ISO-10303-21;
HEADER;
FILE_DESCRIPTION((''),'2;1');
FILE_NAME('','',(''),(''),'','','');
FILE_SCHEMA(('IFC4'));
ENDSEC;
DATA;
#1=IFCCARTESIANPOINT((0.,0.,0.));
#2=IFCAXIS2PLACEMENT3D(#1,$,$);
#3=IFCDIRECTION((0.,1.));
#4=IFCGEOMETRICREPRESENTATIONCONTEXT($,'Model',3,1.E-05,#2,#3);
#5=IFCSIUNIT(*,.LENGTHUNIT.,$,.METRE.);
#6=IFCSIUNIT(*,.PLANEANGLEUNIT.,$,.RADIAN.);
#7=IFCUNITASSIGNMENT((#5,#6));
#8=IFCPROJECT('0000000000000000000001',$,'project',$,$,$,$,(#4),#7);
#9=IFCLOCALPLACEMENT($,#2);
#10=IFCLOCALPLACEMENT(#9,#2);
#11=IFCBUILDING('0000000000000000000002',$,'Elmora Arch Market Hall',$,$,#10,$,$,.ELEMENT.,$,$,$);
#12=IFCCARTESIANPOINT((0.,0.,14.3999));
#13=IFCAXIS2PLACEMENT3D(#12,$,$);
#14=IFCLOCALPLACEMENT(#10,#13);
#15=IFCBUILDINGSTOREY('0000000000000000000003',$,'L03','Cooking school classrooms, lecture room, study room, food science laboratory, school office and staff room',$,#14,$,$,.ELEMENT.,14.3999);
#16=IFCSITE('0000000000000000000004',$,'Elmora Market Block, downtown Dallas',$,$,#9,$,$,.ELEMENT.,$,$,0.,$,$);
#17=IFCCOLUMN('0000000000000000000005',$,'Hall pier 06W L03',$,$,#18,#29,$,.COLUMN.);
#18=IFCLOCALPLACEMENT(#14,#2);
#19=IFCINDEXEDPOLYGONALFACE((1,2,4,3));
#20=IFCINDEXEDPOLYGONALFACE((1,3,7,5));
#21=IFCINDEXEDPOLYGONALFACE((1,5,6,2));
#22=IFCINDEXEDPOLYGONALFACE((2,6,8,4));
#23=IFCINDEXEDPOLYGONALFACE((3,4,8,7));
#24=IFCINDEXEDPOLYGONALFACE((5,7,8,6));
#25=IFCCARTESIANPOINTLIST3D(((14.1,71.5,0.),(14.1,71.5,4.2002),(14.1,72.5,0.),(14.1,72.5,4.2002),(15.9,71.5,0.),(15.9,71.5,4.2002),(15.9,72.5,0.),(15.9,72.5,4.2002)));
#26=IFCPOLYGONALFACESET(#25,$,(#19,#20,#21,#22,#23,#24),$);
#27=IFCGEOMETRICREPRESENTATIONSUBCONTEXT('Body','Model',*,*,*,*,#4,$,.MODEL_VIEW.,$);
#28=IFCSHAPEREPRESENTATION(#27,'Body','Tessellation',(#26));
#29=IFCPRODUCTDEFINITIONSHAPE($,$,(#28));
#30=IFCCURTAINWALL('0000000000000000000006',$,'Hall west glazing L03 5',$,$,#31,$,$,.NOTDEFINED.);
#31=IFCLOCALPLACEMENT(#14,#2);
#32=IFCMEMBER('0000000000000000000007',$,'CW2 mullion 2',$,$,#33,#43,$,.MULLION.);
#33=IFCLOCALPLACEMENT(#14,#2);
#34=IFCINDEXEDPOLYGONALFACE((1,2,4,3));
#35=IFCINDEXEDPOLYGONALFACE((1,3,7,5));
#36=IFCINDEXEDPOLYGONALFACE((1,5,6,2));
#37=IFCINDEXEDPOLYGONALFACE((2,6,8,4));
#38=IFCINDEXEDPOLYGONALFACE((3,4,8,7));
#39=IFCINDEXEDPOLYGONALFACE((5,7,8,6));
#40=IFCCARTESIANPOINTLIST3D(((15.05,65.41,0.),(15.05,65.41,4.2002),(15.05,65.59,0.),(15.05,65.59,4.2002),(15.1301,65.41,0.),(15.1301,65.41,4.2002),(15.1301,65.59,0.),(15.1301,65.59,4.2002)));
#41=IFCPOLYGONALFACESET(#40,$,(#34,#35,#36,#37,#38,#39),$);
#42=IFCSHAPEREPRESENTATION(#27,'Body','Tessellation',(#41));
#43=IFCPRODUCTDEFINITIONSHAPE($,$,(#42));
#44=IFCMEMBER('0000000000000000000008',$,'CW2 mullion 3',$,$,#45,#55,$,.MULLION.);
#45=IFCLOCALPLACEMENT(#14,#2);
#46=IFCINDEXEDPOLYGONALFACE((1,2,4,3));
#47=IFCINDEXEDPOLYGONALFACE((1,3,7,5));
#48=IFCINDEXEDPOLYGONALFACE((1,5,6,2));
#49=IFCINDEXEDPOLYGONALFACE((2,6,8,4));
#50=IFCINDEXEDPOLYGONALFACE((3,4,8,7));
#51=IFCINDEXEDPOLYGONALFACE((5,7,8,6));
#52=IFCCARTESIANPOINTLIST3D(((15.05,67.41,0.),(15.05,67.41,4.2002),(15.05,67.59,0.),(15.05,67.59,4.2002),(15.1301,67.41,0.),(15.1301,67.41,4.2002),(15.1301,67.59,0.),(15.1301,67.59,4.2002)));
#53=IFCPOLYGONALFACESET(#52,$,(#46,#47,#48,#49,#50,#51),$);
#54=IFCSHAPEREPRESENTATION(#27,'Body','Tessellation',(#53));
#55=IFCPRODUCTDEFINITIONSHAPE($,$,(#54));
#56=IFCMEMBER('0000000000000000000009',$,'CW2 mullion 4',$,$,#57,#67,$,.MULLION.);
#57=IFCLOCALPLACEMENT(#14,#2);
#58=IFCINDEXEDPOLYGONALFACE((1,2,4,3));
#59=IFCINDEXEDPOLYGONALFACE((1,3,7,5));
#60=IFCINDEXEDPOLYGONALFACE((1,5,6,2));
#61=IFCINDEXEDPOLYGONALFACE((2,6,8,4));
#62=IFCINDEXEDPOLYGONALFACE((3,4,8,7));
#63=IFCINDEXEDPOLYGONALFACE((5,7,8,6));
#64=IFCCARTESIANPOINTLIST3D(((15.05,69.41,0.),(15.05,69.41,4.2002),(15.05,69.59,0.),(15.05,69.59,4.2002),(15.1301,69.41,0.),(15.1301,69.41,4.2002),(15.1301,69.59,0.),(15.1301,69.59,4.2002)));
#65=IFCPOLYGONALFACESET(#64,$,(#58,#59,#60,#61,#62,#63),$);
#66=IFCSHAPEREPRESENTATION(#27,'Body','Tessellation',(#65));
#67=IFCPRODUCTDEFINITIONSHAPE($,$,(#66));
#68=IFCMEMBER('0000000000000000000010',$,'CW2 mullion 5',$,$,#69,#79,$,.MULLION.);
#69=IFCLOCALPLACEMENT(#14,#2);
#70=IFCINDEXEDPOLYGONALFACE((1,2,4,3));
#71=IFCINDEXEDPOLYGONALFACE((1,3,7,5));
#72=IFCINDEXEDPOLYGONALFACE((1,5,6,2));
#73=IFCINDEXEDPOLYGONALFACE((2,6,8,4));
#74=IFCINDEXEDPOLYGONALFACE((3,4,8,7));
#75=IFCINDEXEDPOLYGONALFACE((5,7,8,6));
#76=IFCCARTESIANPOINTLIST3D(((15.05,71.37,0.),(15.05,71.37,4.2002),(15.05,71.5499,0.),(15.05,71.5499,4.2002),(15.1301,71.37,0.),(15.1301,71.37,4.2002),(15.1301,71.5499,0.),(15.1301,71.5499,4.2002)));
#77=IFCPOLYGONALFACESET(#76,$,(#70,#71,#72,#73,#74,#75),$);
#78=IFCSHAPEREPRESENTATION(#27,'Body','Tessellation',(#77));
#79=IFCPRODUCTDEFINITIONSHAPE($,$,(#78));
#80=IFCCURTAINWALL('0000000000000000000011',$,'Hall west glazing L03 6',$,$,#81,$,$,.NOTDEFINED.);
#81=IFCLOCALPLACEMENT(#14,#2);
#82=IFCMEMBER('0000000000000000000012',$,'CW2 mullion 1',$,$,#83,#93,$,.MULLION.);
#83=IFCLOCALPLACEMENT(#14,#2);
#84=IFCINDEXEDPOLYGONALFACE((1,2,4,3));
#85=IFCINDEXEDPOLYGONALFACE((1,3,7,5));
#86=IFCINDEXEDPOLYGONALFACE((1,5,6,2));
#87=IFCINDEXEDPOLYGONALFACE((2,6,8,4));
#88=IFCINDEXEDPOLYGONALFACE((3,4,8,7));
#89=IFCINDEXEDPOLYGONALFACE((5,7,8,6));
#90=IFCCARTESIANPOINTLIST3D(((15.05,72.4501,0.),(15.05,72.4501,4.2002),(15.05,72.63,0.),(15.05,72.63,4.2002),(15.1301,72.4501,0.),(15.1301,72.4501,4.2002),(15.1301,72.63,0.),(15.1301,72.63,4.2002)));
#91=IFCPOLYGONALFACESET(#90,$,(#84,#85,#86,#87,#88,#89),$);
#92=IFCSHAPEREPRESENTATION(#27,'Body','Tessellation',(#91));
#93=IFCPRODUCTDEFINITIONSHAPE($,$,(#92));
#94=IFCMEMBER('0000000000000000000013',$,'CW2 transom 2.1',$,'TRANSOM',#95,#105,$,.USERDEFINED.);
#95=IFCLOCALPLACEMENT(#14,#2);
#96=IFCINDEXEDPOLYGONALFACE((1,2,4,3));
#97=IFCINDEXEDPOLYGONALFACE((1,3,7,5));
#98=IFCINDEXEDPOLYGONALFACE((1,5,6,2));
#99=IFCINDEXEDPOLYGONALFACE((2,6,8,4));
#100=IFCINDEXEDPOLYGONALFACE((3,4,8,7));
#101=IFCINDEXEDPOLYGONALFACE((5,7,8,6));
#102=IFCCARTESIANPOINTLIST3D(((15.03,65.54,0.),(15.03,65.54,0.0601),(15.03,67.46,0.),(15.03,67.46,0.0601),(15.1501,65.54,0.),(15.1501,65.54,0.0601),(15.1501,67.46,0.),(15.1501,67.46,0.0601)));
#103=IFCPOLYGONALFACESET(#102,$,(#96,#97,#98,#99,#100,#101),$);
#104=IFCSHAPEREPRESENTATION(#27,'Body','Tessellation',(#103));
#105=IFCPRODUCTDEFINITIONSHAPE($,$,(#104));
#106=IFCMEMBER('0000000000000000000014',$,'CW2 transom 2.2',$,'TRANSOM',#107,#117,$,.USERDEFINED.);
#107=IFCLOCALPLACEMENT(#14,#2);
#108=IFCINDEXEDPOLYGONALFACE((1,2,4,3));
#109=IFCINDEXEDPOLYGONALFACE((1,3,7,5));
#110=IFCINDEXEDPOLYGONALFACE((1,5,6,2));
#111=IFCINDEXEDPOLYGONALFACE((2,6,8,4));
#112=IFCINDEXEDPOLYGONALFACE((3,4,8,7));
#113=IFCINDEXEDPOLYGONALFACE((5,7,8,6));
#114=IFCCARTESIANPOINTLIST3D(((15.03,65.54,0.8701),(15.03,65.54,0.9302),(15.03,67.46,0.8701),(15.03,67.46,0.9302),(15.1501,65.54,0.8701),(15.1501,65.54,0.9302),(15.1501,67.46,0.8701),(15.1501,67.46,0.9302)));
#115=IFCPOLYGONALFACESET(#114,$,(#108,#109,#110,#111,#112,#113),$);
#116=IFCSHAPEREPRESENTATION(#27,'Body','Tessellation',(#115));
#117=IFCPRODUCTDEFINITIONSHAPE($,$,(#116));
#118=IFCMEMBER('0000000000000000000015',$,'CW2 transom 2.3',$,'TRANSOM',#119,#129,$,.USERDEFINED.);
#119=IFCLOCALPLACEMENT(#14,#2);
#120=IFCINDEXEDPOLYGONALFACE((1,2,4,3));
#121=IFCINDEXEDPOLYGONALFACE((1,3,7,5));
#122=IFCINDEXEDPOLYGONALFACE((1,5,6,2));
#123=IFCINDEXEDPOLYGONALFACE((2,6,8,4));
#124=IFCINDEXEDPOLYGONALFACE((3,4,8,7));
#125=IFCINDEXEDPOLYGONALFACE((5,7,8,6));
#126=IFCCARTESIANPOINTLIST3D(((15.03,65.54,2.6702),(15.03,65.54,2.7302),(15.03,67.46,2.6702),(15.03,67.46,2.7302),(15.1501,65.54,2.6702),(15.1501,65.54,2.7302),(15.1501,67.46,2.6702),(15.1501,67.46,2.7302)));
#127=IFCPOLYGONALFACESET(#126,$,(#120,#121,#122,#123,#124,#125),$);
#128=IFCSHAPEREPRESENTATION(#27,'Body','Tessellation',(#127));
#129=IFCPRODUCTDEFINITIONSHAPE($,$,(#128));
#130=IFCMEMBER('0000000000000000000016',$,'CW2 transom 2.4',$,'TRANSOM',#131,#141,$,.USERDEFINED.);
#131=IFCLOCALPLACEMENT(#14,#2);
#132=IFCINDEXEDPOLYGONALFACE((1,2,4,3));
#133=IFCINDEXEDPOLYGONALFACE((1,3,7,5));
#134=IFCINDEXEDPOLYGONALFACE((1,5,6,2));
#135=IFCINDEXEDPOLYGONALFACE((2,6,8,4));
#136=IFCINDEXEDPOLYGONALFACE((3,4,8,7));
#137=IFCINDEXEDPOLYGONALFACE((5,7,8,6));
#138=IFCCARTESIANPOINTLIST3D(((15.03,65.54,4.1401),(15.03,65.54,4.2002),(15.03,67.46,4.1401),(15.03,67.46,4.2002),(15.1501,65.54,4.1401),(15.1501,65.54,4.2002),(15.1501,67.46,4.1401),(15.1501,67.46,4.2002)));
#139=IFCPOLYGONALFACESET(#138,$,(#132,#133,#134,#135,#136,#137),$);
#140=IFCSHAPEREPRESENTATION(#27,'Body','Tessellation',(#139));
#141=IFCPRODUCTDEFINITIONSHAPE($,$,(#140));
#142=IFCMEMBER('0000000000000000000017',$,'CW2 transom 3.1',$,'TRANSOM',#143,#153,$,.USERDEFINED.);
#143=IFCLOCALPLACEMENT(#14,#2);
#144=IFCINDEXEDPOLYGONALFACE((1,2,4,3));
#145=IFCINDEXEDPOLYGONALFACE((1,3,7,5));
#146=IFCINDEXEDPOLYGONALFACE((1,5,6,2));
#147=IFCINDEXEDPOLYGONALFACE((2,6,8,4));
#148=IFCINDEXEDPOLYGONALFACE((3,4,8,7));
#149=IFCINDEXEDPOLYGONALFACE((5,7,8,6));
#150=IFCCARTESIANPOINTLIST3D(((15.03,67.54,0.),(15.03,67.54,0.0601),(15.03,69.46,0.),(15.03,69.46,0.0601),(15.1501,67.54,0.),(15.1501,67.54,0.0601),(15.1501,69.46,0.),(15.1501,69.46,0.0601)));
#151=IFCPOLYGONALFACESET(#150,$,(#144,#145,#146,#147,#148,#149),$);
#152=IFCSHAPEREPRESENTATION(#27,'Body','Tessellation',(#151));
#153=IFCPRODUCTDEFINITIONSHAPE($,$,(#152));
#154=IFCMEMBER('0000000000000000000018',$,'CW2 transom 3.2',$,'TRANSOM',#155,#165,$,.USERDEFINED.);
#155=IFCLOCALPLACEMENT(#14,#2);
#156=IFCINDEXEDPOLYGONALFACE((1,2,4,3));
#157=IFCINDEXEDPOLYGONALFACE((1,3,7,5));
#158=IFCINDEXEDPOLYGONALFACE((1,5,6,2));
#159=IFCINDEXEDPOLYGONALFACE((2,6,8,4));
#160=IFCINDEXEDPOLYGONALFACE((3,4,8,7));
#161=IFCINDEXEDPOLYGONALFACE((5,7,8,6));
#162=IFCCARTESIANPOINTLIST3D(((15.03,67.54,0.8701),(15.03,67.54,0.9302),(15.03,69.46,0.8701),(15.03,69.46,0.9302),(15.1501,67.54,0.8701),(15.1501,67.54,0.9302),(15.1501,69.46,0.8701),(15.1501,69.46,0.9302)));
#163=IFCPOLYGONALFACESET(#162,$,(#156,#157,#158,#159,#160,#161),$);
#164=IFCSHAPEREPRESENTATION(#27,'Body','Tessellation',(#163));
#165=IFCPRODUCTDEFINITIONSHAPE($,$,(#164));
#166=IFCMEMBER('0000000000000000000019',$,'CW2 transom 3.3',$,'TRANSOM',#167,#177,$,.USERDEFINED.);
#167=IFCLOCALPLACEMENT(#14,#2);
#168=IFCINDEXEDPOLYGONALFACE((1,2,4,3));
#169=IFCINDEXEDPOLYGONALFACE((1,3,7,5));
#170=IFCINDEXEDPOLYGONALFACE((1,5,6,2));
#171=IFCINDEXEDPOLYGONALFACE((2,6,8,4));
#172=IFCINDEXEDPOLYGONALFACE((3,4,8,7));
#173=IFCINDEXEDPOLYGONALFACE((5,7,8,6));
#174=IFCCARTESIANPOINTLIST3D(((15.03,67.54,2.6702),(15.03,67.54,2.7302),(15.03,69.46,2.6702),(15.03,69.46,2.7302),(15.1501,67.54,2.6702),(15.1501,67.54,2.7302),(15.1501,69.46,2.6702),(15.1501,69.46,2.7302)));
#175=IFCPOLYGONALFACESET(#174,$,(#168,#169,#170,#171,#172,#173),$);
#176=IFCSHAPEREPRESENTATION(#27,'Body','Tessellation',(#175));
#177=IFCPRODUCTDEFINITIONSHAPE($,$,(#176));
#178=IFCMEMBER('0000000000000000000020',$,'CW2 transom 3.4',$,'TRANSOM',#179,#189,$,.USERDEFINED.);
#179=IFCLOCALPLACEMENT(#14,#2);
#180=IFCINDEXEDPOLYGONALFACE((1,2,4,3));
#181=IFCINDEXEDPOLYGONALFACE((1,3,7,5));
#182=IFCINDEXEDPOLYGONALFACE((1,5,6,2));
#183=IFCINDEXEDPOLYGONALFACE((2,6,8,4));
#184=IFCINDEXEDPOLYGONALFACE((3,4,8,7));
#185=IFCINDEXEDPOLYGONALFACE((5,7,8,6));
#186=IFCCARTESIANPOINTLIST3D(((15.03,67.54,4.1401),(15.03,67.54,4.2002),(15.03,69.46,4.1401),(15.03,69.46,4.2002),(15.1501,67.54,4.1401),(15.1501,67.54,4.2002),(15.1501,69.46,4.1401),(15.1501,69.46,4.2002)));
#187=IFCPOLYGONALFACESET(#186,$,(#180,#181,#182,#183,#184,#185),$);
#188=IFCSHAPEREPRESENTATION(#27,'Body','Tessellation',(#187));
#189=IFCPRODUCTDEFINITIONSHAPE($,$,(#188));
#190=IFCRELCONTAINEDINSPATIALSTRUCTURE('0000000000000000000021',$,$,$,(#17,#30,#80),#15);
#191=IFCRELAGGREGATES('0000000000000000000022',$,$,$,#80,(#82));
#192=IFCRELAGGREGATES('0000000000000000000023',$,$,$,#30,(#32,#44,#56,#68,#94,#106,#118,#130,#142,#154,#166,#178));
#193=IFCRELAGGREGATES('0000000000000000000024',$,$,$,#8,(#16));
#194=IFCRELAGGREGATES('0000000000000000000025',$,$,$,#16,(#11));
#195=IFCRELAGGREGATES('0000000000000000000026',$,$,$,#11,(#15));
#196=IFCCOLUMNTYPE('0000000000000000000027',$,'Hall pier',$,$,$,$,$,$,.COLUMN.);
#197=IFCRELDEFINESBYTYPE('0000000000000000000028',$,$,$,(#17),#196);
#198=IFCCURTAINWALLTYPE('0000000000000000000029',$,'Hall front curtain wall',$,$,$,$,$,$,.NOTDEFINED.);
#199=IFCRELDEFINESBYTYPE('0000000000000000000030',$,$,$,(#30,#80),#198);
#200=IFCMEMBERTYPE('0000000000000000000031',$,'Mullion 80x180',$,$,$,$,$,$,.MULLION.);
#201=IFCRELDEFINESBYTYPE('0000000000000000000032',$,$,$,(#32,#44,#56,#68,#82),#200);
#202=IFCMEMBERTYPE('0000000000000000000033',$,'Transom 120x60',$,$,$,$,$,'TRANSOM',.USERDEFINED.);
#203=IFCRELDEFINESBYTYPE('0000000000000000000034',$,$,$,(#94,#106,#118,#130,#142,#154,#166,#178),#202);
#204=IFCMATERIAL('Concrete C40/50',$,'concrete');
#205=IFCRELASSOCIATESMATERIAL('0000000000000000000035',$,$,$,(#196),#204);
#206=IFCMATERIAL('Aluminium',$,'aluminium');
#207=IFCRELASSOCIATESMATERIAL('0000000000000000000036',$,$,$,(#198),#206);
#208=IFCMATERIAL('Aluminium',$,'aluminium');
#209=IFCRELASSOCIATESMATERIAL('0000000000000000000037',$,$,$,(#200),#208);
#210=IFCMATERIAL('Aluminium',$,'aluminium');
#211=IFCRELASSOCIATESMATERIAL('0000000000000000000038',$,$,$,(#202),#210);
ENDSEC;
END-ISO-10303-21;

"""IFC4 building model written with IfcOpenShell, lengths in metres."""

from ifc_helpers import new_model, si_unit, direction, frame, origin, origin_2d, place, context, subcontext, project, spatial, rectangle, extrude, material, material_profile, profile_set, type_object, element, aggregate, save


model = new_model("IFC4")

# Units and contexts
model_context = context("Model", 3, precision=1e-05, world=origin(), true_north=direction((0.0, 1.0)))
body_context = subcontext(model_context, "Body", "Model", "MODEL_VIEW")
ifc_project = project(units=[si_unit("LENGTHUNIT", "METRE"), si_unit("PLANEANGLEUNIT", "RADIAN")], contexts=[model_context])

# Site, building, storey
site_placement = place(None, origin())
site = spatial("IfcSite", under=ifc_project, at=site_placement, Name="Elmora Market Block, downtown Dallas", CompositionType="ELEMENT", RefElevation=0.0)
building_placement = place(site_placement, origin())
building = spatial("IfcBuilding", under=site, at=building_placement, Name="Elmora Arch Market Hall", CompositionType="ELEMENT")
storey_placement = place(building_placement, frame((0.0, 0.0, 14.3999)))
storey = spatial("IfcBuildingStorey", under=building, at=storey_placement, Name="L03", Description="Cooking school classrooms, lecture room, study room, food science laboratory, school office and staff room", CompositionType="ELEMENT", Elevation=14.3999)

# Column
ifc_material_1 = material(Name="Concrete C40/50", Category="concrete")
ifc_material_profile_1 = material_profile(ifc_material_1, rectangle(XDim=1.8, YDim=1.0, at=origin_2d()), Name="Hall pier")
ifc_profile_set_1 = profile_set([ifc_material_profile_1], Name="Concrete C40/50")
column_type = type_object("IfcColumnType", Name="Hall pier", PredefinedType="COLUMN", material=ifc_profile_set_1)
column_placement = place(storey_placement, frame((15.0, 72.0, 0.0), z_axis=(0.0, 0.0, 1.0), x_axis=(1.0, 0.0, 0.0)))
element("IfcColumn", 1, at=column_placement, inside=storey, type_object=column_type, Name="Hall pier 06W L03", PredefinedType="COLUMN", context=body_context, shape_type="SweptSolid", body=[
    extrude(rectangle(XDim=1.8, YDim=1.0, at=origin_2d()), origin(), (0.0, 0.0, 1.0), 4.2002),
])

# Curtain wall, members
ifc_material_2 = material(Name="Aluminium", Category="aluminium")
curtain_wall_type = type_object("IfcCurtainWallType", Name="Hall front curtain wall", PredefinedType="NOTDEFINED", material=ifc_material_2)
curtain_wall_1_placement = place(storey_placement, origin())
curtain_wall_1 = element("IfcCurtainWall", 2, at=curtain_wall_1_placement, inside=storey, type_object=curtain_wall_type, Name="Hall west glazing L03 5", PredefinedType="NOTDEFINED")
ifc_material_3 = material(Name="Aluminium", Category="aluminium")
ifc_material_profile_2 = material_profile(ifc_material_3, rectangle(XDim=0.0801, YDim=0.1799, at=origin_2d()), Name="AL 80x180")
ifc_profile_set_2 = profile_set([ifc_material_profile_2], Name="Aluminium")
member_type_1 = type_object("IfcMemberType", Name="Mullion 80x180", PredefinedType="MULLION", material=ifc_profile_set_2)
member_1_placement = place(storey_placement, frame((15.0901, 65.5, 0.0), z_axis=(0.0, 0.0, 1.0), x_axis=(-1.0, 0.0, 0.0)))
member_1 = element("IfcMember", 3, at=member_1_placement, type_object=member_type_1, Name="CW2 mullion 2", PredefinedType="MULLION", context=body_context, shape_type="SweptSolid", body=[
    extrude(rectangle(XDim=0.0801, YDim=0.1799, at=origin_2d()), origin(), (0.0, 0.0, 1.0), 4.2002),
])
member_2_placement = place(storey_placement, frame((15.0901, 67.5, 0.0), z_axis=(0.0, 0.0, 1.0), x_axis=(-1.0, 0.0, 0.0)))
member_2 = element("IfcMember", 4, at=member_2_placement, type_object=member_type_1, Name="CW2 mullion 3", PredefinedType="MULLION", context=body_context, shape_type="SweptSolid", body=[
    extrude(rectangle(XDim=0.0801, YDim=0.1799, at=origin_2d()), origin(), (0.0, 0.0, 1.0), 4.2002),
])
member_3_placement = place(storey_placement, frame((15.0901, 69.5, 0.0), z_axis=(0.0, 0.0, 1.0), x_axis=(-1.0, 0.0, 0.0)))
member_3 = element("IfcMember", 5, at=member_3_placement, type_object=member_type_1, Name="CW2 mullion 4", PredefinedType="MULLION", context=body_context, shape_type="SweptSolid", body=[
    extrude(rectangle(XDim=0.0801, YDim=0.1799, at=origin_2d()), origin(), (0.0, 0.0, 1.0), 4.2002),
])
member_4_placement = place(storey_placement, frame((15.0901, 71.46, 0.0), z_axis=(0.0, 0.0, 1.0), x_axis=(-1.0, 0.0, 0.0)))
member_4 = element("IfcMember", 6, at=member_4_placement, type_object=member_type_1, Name="CW2 mullion 5", PredefinedType="MULLION", context=body_context, shape_type="SweptSolid", body=[
    extrude(rectangle(XDim=0.0801, YDim=0.1799, at=origin_2d()), origin(), (0.0, 0.0, 1.0), 4.2002),
])

# Curtain wall, member
curtain_wall_2_placement = place(storey_placement, origin())
curtain_wall_2 = element("IfcCurtainWall", 7, at=curtain_wall_2_placement, inside=storey, type_object=curtain_wall_type, Name="Hall west glazing L03 6", PredefinedType="NOTDEFINED")
member_5_placement = place(storey_placement, frame((15.0901, 72.54, 0.0), z_axis=(0.0, 0.0, 1.0), x_axis=(-1.0, 0.0, 0.0)))
member_5 = element("IfcMember", 8, at=member_5_placement, type_object=member_type_1, Name="CW2 mullion 1", PredefinedType="MULLION", context=body_context, shape_type="SweptSolid", body=[
    extrude(rectangle(XDim=0.0801, YDim=0.1799, at=origin_2d()), origin(), (0.0, 0.0, 1.0), 4.2002),
])

# Members
ifc_material_4 = material(Name="Aluminium", Category="aluminium")
ifc_material_profile_3 = material_profile(ifc_material_4, rectangle(XDim=0.1201, YDim=0.0601, at=origin_2d()), Name="AL 120x60")
ifc_profile_set_3 = profile_set([ifc_material_profile_3], Name="Aluminium")
member_type_2 = type_object("IfcMemberType", Name="Transom 120x60", ElementType="TRANSOM", PredefinedType="USERDEFINED", material=ifc_profile_set_3)
member_6_placement = place(storey_placement, frame((15.0901, 65.54, 0.03), z_axis=(0.0, 1.0, 0.0), x_axis=(-1.0, 0.0, 0.0)))
member_6 = element("IfcMember", 9, at=member_6_placement, type_object=member_type_2, Name="CW2 transom 2.1", ObjectType="TRANSOM", PredefinedType="USERDEFINED", context=body_context, shape_type="SweptSolid", body=[
    extrude(rectangle(XDim=0.1201, YDim=0.0601, at=origin_2d()), origin(), (0.0, 0.0, 1.0), 1.9199),
])
member_7_placement = place(storey_placement, frame((15.0901, 65.54, 0.9001), z_axis=(0.0, 1.0, 0.0), x_axis=(-1.0, 0.0, 0.0)))
member_7 = element("IfcMember", 10, at=member_7_placement, type_object=member_type_2, Name="CW2 transom 2.2", ObjectType="TRANSOM", PredefinedType="USERDEFINED", context=body_context, shape_type="SweptSolid", body=[
    extrude(rectangle(XDim=0.1201, YDim=0.0601, at=origin_2d()), origin(), (0.0, 0.0, 1.0), 1.9199),
])
member_8_placement = place(storey_placement, frame((15.0901, 65.54, 2.7002), z_axis=(0.0, 1.0, 0.0), x_axis=(-1.0, 0.0, 0.0)))
member_8 = element("IfcMember", 11, at=member_8_placement, type_object=member_type_2, Name="CW2 transom 2.3", ObjectType="TRANSOM", PredefinedType="USERDEFINED", context=body_context, shape_type="SweptSolid", body=[
    extrude(rectangle(XDim=0.1201, YDim=0.0601, at=origin_2d()), origin(), (0.0, 0.0, 1.0), 1.9199),
])
member_9_placement = place(storey_placement, frame((15.0901, 65.54, 4.1702), z_axis=(0.0, 1.0, 0.0), x_axis=(-1.0, 0.0, 0.0)))
member_9 = element("IfcMember", 12, at=member_9_placement, type_object=member_type_2, Name="CW2 transom 2.4", ObjectType="TRANSOM", PredefinedType="USERDEFINED", context=body_context, shape_type="SweptSolid", body=[
    extrude(rectangle(XDim=0.1201, YDim=0.0601, at=origin_2d()), origin(), (0.0, 0.0, 1.0), 1.9199),
])
member_10_placement = place(storey_placement, frame((15.0901, 67.54, 0.03), z_axis=(0.0, 1.0, 0.0), x_axis=(-1.0, 0.0, 0.0)))
member_10 = element("IfcMember", 13, at=member_10_placement, type_object=member_type_2, Name="CW2 transom 3.1", ObjectType="TRANSOM", PredefinedType="USERDEFINED", context=body_context, shape_type="SweptSolid", body=[
    extrude(rectangle(XDim=0.1201, YDim=0.0601, at=origin_2d()), origin(), (0.0, 0.0, 1.0), 1.9199),
])
member_11_placement = place(storey_placement, frame((15.0901, 67.54, 0.9001), z_axis=(0.0, 1.0, 0.0), x_axis=(-1.0, 0.0, 0.0)))
member_11 = element("IfcMember", 14, at=member_11_placement, type_object=member_type_2, Name="CW2 transom 3.2", ObjectType="TRANSOM", PredefinedType="USERDEFINED", context=body_context, shape_type="SweptSolid", body=[
    extrude(rectangle(XDim=0.1201, YDim=0.0601, at=origin_2d()), origin(), (0.0, 0.0, 1.0), 1.9199),
])
member_12_placement = place(storey_placement, frame((15.0901, 67.54, 2.7002), z_axis=(0.0, 1.0, 0.0), x_axis=(-1.0, 0.0, 0.0)))
member_12 = element("IfcMember", 15, at=member_12_placement, type_object=member_type_2, Name="CW2 transom 3.3", ObjectType="TRANSOM", PredefinedType="USERDEFINED", context=body_context, shape_type="SweptSolid", body=[
    extrude(rectangle(XDim=0.1201, YDim=0.0601, at=origin_2d()), origin(), (0.0, 0.0, 1.0), 1.9199),
])
member_13_placement = place(storey_placement, frame((15.0901, 67.54, 4.1702), z_axis=(0.0, 1.0, 0.0), x_axis=(-1.0, 0.0, 0.0)))
member_13 = element("IfcMember", 16, at=member_13_placement, type_object=member_type_2, Name="CW2 transom 3.4", ObjectType="TRANSOM", PredefinedType="USERDEFINED", context=body_context, shape_type="SweptSolid", body=[
    extrude(rectangle(XDim=0.1201, YDim=0.0601, at=origin_2d()), origin(), (0.0, 0.0, 1.0), 1.9199),
])
aggregate(curtain_wall_2, [member_5])

aggregate(curtain_wall_1, [member_1, member_2, member_3, member_4, member_6, member_7, member_8, member_9, member_10, member_11, member_12, member_13])

save(model, "model.ifc")
